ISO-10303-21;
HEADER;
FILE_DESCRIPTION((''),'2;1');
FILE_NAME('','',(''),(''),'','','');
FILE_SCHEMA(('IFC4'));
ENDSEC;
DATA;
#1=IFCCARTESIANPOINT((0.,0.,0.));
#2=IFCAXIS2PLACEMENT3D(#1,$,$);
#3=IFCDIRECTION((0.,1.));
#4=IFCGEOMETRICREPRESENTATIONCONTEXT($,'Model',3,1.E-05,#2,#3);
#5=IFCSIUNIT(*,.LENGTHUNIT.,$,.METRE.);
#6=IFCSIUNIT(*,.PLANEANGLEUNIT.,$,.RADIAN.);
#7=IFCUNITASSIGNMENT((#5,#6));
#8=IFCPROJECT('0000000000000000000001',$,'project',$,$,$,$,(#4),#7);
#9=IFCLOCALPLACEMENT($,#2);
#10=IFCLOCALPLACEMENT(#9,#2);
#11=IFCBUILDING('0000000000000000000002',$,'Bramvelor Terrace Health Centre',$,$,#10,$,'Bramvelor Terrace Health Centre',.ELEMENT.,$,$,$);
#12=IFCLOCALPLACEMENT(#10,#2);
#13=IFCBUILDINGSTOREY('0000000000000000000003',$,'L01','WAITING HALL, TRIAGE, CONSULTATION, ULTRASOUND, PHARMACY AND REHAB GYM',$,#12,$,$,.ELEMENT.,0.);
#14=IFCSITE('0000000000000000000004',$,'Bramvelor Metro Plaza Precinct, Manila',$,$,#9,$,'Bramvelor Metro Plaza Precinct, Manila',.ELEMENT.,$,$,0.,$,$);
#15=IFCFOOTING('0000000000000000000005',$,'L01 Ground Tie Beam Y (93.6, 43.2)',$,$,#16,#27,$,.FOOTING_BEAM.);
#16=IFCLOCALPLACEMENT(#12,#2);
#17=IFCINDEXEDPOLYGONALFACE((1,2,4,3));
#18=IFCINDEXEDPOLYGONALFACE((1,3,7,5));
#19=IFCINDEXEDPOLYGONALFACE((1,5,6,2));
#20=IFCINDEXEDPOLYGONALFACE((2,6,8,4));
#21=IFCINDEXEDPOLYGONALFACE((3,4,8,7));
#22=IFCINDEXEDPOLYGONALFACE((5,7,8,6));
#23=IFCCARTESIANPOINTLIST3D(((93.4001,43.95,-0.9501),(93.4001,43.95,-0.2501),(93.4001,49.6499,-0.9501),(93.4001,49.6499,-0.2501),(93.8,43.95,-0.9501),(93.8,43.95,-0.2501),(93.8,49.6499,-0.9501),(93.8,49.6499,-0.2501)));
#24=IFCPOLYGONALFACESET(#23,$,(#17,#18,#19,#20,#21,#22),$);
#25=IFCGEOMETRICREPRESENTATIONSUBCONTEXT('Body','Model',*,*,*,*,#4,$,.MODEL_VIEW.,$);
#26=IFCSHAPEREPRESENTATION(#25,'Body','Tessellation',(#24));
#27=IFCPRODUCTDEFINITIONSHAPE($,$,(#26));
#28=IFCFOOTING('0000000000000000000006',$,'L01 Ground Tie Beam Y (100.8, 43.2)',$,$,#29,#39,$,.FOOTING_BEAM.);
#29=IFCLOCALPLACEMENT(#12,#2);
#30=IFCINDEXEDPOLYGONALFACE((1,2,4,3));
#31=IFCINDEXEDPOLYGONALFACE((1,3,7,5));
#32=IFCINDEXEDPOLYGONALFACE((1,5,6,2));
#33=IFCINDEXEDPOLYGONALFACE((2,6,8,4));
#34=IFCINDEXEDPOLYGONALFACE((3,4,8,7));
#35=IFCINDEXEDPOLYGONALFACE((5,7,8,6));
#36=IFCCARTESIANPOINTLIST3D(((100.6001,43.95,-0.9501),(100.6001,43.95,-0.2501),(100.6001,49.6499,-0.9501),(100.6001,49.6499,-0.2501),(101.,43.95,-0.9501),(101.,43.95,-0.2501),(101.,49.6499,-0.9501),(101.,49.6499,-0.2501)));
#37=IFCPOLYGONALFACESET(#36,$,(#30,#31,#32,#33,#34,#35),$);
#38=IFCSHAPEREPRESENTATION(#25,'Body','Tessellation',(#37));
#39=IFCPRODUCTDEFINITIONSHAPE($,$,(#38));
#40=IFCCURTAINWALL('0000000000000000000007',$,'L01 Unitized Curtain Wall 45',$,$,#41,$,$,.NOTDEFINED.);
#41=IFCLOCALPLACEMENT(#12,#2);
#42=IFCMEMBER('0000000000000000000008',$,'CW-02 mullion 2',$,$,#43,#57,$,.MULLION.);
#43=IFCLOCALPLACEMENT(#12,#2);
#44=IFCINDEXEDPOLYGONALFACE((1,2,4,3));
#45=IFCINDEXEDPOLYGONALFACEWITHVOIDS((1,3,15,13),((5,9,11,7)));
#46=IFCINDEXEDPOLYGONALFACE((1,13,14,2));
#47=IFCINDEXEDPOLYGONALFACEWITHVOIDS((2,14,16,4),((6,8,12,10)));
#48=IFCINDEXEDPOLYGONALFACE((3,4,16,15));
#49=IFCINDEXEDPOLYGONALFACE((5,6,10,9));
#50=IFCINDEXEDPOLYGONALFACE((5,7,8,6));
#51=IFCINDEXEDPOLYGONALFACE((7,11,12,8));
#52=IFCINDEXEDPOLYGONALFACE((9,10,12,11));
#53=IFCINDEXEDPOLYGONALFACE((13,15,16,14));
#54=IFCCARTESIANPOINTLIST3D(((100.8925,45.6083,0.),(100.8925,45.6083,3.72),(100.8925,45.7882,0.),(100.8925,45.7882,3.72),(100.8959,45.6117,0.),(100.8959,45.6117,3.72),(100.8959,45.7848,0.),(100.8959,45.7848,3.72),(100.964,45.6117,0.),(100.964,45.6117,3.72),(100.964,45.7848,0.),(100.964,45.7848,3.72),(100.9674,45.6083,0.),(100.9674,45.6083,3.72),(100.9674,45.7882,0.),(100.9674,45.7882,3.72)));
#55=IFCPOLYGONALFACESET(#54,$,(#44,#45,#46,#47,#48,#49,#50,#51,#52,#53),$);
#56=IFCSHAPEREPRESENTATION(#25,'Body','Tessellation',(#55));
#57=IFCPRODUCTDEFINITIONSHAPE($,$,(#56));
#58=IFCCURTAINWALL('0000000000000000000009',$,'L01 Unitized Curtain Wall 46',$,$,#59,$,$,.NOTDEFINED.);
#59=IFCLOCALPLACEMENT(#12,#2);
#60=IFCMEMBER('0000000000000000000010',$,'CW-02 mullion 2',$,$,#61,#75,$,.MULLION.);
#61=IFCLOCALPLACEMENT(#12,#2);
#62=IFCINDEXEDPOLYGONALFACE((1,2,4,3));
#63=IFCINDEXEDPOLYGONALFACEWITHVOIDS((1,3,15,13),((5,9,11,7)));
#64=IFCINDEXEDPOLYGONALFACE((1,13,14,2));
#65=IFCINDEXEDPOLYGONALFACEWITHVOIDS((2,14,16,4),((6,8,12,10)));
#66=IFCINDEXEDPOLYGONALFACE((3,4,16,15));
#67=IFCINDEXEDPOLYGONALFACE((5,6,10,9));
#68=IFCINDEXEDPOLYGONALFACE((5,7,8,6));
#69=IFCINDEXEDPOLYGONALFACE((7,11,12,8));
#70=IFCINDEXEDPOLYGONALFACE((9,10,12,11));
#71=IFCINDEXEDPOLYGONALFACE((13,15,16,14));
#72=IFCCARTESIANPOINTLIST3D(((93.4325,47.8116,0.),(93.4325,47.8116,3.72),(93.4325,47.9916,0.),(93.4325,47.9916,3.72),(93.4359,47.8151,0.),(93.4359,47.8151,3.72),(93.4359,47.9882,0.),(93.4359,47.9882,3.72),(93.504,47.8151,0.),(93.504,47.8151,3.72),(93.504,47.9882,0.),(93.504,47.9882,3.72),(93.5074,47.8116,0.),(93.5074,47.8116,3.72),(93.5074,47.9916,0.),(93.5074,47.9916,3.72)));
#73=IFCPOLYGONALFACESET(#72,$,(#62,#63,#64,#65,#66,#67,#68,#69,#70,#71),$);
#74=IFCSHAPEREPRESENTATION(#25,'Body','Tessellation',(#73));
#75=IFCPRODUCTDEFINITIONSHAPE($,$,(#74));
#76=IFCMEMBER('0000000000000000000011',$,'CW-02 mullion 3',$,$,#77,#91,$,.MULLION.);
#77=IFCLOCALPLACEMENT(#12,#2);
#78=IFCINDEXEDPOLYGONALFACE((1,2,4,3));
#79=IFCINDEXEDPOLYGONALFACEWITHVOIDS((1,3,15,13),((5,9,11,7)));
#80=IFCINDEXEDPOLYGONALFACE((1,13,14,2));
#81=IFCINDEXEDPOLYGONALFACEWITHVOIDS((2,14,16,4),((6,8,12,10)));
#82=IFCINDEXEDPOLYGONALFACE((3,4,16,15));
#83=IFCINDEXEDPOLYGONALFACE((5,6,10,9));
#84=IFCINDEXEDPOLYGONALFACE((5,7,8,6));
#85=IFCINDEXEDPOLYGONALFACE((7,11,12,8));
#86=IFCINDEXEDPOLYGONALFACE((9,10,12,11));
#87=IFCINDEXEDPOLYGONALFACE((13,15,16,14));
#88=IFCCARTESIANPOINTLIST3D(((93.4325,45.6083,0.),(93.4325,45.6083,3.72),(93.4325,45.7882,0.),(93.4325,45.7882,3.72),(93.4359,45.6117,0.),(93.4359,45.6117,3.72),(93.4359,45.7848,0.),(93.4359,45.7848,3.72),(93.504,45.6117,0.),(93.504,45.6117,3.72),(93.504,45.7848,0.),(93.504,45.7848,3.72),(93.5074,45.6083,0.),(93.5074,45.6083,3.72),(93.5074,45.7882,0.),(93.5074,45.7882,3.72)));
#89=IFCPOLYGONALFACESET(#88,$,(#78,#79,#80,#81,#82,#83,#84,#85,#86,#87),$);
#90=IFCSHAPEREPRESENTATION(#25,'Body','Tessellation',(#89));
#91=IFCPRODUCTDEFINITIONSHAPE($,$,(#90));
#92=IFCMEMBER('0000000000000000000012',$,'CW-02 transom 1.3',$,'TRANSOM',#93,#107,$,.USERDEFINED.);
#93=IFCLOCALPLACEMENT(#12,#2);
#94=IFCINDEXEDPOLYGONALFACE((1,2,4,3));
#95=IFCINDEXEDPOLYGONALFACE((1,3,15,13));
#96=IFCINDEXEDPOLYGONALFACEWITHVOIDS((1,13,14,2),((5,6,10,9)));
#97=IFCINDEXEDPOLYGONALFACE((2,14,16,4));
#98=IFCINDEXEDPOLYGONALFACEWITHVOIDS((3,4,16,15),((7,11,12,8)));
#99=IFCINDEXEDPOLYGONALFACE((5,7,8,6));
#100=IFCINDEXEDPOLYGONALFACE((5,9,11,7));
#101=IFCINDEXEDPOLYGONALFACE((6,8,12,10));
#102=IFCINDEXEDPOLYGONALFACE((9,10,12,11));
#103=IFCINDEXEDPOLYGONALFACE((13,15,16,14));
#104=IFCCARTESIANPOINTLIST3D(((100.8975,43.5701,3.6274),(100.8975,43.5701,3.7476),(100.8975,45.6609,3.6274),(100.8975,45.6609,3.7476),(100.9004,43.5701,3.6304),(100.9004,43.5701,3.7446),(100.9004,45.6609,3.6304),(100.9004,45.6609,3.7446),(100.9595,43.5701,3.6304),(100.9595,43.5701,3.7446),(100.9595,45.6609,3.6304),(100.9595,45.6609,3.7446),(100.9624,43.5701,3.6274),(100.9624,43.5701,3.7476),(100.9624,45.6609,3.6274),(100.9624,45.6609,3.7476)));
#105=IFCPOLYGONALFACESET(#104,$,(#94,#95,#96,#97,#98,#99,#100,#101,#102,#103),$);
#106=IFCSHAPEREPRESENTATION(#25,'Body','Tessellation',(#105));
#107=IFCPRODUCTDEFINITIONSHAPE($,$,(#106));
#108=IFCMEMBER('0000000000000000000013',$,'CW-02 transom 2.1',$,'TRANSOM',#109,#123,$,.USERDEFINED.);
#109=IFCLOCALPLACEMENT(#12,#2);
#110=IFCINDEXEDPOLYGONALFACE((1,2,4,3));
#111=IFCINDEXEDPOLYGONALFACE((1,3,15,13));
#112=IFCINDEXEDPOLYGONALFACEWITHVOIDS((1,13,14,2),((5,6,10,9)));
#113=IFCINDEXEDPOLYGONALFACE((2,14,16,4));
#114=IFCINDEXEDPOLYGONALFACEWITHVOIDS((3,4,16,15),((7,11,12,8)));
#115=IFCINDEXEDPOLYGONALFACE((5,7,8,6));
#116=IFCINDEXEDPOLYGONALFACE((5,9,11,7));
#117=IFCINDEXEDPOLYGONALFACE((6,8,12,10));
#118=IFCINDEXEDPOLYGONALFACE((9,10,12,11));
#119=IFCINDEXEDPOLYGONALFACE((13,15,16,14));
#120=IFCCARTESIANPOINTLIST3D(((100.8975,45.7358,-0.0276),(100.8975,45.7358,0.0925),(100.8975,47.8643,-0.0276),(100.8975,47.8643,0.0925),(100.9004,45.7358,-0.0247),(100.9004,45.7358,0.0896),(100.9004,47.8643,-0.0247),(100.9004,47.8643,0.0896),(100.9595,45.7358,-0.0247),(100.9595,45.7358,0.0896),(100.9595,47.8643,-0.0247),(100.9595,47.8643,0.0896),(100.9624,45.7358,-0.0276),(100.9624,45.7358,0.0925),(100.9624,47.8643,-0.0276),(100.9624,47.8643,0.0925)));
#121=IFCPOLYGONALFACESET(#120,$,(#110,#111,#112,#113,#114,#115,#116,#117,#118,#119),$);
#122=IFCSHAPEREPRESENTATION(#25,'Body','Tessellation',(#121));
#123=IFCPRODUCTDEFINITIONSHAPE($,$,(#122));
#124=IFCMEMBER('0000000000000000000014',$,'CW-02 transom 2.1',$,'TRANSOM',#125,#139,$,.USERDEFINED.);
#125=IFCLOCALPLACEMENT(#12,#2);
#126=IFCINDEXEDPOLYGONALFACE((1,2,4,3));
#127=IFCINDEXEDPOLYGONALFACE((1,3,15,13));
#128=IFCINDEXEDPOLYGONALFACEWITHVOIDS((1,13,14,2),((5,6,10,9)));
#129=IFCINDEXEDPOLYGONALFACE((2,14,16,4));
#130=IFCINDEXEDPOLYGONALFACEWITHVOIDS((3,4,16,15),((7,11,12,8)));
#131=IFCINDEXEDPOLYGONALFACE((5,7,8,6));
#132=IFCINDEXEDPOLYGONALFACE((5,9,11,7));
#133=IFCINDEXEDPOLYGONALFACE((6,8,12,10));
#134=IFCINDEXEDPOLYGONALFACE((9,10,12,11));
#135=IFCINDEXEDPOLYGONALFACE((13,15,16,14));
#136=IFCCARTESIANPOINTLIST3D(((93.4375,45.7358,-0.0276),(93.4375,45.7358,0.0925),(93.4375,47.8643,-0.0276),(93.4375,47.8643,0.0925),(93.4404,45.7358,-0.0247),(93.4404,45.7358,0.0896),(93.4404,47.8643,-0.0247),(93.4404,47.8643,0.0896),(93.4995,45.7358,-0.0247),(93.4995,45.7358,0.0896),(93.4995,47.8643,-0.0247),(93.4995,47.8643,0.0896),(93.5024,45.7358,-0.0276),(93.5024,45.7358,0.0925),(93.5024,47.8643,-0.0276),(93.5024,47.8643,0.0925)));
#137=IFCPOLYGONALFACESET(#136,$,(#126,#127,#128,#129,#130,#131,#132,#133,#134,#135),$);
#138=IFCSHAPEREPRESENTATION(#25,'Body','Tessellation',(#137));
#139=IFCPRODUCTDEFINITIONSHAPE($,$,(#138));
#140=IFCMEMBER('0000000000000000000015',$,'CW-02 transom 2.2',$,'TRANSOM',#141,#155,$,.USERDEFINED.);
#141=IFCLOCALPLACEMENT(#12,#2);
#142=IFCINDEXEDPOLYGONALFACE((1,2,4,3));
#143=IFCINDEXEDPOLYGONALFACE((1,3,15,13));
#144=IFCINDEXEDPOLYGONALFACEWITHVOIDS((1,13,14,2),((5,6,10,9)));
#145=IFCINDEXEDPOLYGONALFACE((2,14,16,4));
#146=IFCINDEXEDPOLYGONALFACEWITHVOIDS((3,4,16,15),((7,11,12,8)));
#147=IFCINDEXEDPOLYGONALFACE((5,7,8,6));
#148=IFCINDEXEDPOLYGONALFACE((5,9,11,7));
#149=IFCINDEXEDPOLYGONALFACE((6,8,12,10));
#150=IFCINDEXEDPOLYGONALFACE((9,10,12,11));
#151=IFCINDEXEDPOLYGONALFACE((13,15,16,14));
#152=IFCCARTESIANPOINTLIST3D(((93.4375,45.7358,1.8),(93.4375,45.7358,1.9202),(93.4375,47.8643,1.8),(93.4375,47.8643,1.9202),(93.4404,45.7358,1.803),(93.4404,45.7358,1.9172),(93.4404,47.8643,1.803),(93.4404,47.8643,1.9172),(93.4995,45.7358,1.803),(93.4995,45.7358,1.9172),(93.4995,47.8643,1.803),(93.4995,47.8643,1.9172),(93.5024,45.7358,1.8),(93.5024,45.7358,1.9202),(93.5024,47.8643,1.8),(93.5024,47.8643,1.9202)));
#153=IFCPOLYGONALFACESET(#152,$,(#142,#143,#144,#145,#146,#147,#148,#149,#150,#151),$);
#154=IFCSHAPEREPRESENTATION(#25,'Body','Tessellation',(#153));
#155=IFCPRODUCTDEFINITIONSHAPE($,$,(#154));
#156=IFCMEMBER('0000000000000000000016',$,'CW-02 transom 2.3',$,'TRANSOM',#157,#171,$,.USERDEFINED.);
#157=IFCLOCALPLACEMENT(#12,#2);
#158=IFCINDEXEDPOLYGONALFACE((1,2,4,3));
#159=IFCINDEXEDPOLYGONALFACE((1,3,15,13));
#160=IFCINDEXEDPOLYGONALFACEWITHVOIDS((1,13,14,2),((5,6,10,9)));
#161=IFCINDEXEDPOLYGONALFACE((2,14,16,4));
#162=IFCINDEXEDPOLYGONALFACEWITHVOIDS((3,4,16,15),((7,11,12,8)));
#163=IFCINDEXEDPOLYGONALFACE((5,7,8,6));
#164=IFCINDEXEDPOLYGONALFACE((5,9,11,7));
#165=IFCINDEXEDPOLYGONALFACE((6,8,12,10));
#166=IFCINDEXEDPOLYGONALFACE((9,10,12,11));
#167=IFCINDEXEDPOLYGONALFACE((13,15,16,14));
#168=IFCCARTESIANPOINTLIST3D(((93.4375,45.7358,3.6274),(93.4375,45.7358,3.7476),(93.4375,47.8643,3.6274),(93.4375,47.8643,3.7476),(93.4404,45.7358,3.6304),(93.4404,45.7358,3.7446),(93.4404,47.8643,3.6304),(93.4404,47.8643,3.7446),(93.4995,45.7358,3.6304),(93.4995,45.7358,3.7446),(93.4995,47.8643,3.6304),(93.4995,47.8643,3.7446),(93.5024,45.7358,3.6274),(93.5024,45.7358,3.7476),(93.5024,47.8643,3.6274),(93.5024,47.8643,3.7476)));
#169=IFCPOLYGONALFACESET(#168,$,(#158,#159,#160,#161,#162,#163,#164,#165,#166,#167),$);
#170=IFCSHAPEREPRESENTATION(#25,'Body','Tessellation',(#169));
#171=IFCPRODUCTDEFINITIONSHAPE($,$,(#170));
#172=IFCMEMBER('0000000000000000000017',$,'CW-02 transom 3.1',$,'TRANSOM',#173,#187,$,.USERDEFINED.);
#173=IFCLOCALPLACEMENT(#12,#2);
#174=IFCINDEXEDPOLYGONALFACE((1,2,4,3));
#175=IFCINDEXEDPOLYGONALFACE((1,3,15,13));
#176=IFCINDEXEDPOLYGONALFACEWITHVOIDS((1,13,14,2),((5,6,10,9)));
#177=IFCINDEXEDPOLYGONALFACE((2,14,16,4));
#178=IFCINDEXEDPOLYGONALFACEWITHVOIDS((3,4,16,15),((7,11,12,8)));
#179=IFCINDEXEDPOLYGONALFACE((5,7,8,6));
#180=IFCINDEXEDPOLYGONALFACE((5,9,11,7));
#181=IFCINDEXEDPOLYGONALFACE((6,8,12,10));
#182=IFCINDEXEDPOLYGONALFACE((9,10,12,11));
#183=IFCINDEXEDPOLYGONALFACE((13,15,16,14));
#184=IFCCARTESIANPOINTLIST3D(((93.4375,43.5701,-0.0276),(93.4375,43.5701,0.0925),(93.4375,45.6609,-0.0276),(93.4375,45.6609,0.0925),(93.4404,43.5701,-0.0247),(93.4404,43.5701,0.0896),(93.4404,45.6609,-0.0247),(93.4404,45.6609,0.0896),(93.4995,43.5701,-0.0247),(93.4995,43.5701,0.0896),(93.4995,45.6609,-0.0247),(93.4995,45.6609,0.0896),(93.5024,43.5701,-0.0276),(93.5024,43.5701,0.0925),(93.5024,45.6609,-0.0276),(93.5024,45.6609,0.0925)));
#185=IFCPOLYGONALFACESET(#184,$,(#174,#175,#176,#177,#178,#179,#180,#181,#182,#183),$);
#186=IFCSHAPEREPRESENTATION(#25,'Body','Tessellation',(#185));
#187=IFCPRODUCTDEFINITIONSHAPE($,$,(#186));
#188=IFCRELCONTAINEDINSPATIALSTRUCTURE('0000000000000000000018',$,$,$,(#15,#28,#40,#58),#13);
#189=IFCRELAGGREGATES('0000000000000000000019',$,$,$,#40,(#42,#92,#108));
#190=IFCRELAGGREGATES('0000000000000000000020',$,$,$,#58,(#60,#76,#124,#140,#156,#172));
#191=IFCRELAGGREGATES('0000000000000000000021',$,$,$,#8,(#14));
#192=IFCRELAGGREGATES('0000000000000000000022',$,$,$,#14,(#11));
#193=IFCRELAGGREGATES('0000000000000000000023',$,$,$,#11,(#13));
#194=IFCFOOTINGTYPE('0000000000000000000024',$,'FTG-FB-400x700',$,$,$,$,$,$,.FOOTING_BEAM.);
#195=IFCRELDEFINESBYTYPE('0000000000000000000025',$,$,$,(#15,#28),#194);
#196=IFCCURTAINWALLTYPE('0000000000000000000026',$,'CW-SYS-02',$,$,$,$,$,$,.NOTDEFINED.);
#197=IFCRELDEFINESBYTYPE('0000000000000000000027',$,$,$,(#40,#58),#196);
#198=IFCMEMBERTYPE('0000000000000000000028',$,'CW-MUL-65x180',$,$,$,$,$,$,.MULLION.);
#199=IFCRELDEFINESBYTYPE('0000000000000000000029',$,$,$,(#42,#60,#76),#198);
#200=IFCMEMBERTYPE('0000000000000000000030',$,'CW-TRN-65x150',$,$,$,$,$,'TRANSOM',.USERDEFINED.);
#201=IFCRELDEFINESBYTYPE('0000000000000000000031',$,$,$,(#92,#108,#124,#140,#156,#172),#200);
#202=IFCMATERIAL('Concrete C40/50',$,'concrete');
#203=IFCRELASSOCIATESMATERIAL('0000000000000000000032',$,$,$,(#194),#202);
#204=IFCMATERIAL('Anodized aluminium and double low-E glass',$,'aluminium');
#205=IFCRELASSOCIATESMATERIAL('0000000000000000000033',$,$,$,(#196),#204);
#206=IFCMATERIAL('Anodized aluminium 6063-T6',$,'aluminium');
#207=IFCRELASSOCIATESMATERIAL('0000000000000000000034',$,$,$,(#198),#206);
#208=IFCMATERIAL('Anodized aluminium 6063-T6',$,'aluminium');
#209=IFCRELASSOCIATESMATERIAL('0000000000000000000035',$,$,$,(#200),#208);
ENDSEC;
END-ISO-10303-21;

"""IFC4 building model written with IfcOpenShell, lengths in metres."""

from ifc_helpers import new_model, si_unit, direction, frame, origin, origin_2d, place, context, subcontext, project, spatial, rectangle, hollow_rectangle, extrude, material, material_profile, profile_set, type_object, element, aggregate, save


model = new_model("IFC4")

# Units and contexts
model_context = context("Model", 3, precision=1e-05, world=origin(), true_north=direction((0.0, 1.0)))
body_context = subcontext(model_context, "Body", "Model", "MODEL_VIEW")
ifc_project = project(units=[si_unit("LENGTHUNIT", "METRE"), si_unit("PLANEANGLEUNIT", "RADIAN")], contexts=[model_context])

# Site, building, storey
site_placement = place(None, origin())
site = spatial("IfcSite", under=ifc_project, at=site_placement, Name="Bramvelor Metro Plaza Precinct, Manila", LongName="Bramvelor Metro Plaza Precinct, Manila", CompositionType="ELEMENT", RefElevation=0.0)
building_placement = place(site_placement, origin())
building = spatial("IfcBuilding", under=site, at=building_placement, Name="Bramvelor Terrace Health Centre", LongName="Bramvelor Terrace Health Centre", CompositionType="ELEMENT")
storey_placement = place(building_placement, origin())
storey = spatial("IfcBuildingStorey", under=building, at=storey_placement, Name="L01", Description="WAITING HALL, TRIAGE, CONSULTATION, ULTRASOUND, PHARMACY AND REHAB GYM", CompositionType="ELEMENT", Elevation=0.0)

# Footings
ifc_material_1 = material(Name="Concrete C40/50", Category="concrete")
ifc_material_profile_1 = material_profile(ifc_material_1, rectangle(XDim=0.3999, YDim=0.7, at=origin_2d()), Name="RC 400x700")
ifc_profile_set_1 = profile_set([ifc_material_profile_1], Name="Concrete C40/50")
footing_type = type_object("IfcFootingType", Name="FTG-FB-400x700", PredefinedType="FOOTING_BEAM", material=ifc_profile_set_1)
for number, where, z_axis, x_axis, name in (
    (1, (93.6001, 43.95, -0.6001), (0.0, 1.0, 0.0), (-1.0, 0.0, 0.0), "L01 Ground Tie Beam Y (93.6, 43.2)"),
    (2, (100.8, 43.95, -0.6001), (0.0, 1.0, 0.0), (-1.0, 0.0, 0.0), "L01 Ground Tie Beam Y (100.8, 43.2)"),
):
    element("IfcFooting", number, at=place(storey_placement, frame(where, z_axis=z_axis, x_axis=x_axis)), inside=storey, type_object=footing_type, Name=name, PredefinedType="FOOTING_BEAM", context=body_context, shape_type="SweptSolid", body=[
        extrude(rectangle(XDim=0.3999, YDim=0.7, at=origin_2d()), origin(), (0.0, 0.0, 1.0), 5.7),
    ])

# Curtain wall, member
ifc_material_2 = material(Name="Anodized aluminium and double low-E glass", Category="aluminium")
curtain_wall_type = type_object("IfcCurtainWallType", Name="CW-SYS-02", PredefinedType="NOTDEFINED", material=ifc_material_2)
curtain_wall_1_placement = place(storey_placement, origin())
curtain_wall_1 = element("IfcCurtainWall", 3, at=curtain_wall_1_placement, inside=storey, type_object=curtain_wall_type, Name="L01 Unitized Curtain Wall 45", PredefinedType="NOTDEFINED")
ifc_material_3 = material(Name="Anodized aluminium 6063-T6", Category="aluminium")
ifc_material_profile_2 = material_profile(ifc_material_3, hollow_rectangle(XDim=0.075, YDim=0.1799, WallThickness=0.0034, at=origin_2d()), Name="ALU-MUL 75x180x3.5")
ifc_profile_set_2 = profile_set([ifc_material_profile_2], Name="Anodized aluminium 6063-T6")
member_type_1 = type_object("IfcMemberType", Name="CW-MUL-65x180", PredefinedType="MULLION", material=ifc_profile_set_2)
member_1_placement = place(storey_placement, frame((100.9299, 45.6982, 0.0), z_axis=(0.0, 0.0, 1.0), x_axis=(-1.0, 0.0, 0.0)))
member_1 = element("IfcMember", 4, at=member_1_placement, type_object=member_type_1, Name="CW-02 mullion 2", PredefinedType="MULLION", context=body_context, shape_type="SweptSolid", body=[
    extrude(hollow_rectangle(XDim=0.075, YDim=0.1799, WallThickness=0.0034, at=origin_2d()), origin(), (0.0, 0.0, 1.0), 3.72),
])

# Curtain wall, members
curtain_wall_2_placement = place(storey_placement, origin())
curtain_wall_2 = element("IfcCurtainWall", 5, at=curtain_wall_2_placement, inside=storey, type_object=curtain_wall_type, Name="L01 Unitized Curtain Wall 46", PredefinedType="NOTDEFINED")
member_2_placement = place(storey_placement, frame((93.47, 47.9016, 0.0), z_axis=(0.0, 0.0, 1.0), x_axis=(1.0, 0.0, 0.0)))
member_2 = element("IfcMember", 6, at=member_2_placement, type_object=member_type_1, Name="CW-02 mullion 2", PredefinedType="MULLION", context=body_context, shape_type="SweptSolid", body=[
    extrude(hollow_rectangle(XDim=0.075, YDim=0.1799, WallThickness=0.0034, at=origin_2d()), origin(), (0.0, 0.0, 1.0), 3.72),
])
member_3_placement = place(storey_placement, frame((93.47, 45.6982, 0.0), z_axis=(0.0, 0.0, 1.0), x_axis=(1.0, 0.0, 0.0)))
member_3 = element("IfcMember", 7, at=member_3_placement, type_object=member_type_1, Name="CW-02 mullion 3", PredefinedType="MULLION", context=body_context, shape_type="SweptSolid", body=[
    extrude(hollow_rectangle(XDim=0.075, YDim=0.1799, WallThickness=0.0034, at=origin_2d()), origin(), (0.0, 0.0, 1.0), 3.72),
])

# Members
ifc_material_4 = material(Name="Anodized aluminium 6063-T6", Category="aluminium")
ifc_material_profile_3 = material_profile(ifc_material_4, hollow_rectangle(XDim=0.0649, YDim=0.1201, WallThickness=0.0029, at=origin_2d()), Name="ALU-TRN 65x120x3.0")
ifc_profile_set_3 = profile_set([ifc_material_profile_3], Name="Anodized aluminium 6063-T6")
member_type_2 = type_object("IfcMemberType", Name="CW-TRN-65x150", ElementType="TRANSOM", PredefinedType="USERDEFINED", material=ifc_profile_set_3)
member_4_placement = place(storey_placement, frame((100.9299, 43.5701, 3.6875), z_axis=(0.0, 1.0, 0.0), x_axis=(-1.0, 0.0, 0.0)))
member_4 = element("IfcMember", 8, at=member_4_placement, type_object=member_type_2, Name="CW-02 transom 1.3", ObjectType="TRANSOM", PredefinedType="USERDEFINED", context=body_context, shape_type="SweptSolid", body=[
    extrude(hollow_rectangle(XDim=0.0649, YDim=0.1201, WallThickness=0.0029, at=origin_2d()), origin(), (0.0, 0.0, 1.0), 2.0908),
])
member_5_placement = place(storey_placement, frame((100.9299, 45.7358, 0.0325), z_axis=(0.0, 1.0, 0.0), x_axis=(-1.0, 0.0, 0.0)))
member_5 = element("IfcMember", 9, at=member_5_placement, type_object=member_type_2, Name="CW-02 transom 2.1", ObjectType="TRANSOM", PredefinedType="USERDEFINED", context=body_context, shape_type="SweptSolid", body=[
    extrude(hollow_rectangle(XDim=0.0649, YDim=0.1201, WallThickness=0.0029, at=origin_2d()), origin(), (0.0, 0.0, 1.0), 2.1284),
])
member_6_placement = place(storey_placement, frame((93.47, 47.8643, 0.0325), z_axis=(0.0, -1.0, 0.0), x_axis=(1.0, 0.0, 0.0)))
member_6 = element("IfcMember", 10, at=member_6_placement, type_object=member_type_2, Name="CW-02 transom 2.1", ObjectType="TRANSOM", PredefinedType="USERDEFINED", context=body_context, shape_type="SweptSolid", body=[
    extrude(hollow_rectangle(XDim=0.0649, YDim=0.1201, WallThickness=0.0029, at=origin_2d()), origin(), (0.0, 0.0, 1.0), 2.1284),
])
member_7_placement = place(storey_placement, frame((93.47, 47.8643, 1.8601), z_axis=(0.0, -1.0, 0.0), x_axis=(1.0, 0.0, 0.0)))
member_7 = element("IfcMember", 11, at=member_7_placement, type_object=member_type_2, Name="CW-02 transom 2.2", ObjectType="TRANSOM", PredefinedType="USERDEFINED", context=body_context, shape_type="SweptSolid", body=[
    extrude(hollow_rectangle(XDim=0.0649, YDim=0.1201, WallThickness=0.0029, at=origin_2d()), origin(), (0.0, 0.0, 1.0), 2.1284),
])
member_8_placement = place(storey_placement, frame((93.47, 47.8643, 3.6875), z_axis=(0.0, -1.0, 0.0), x_axis=(1.0, 0.0, 0.0)))
member_8 = element("IfcMember", 12, at=member_8_placement, type_object=member_type_2, Name="CW-02 transom 2.3", ObjectType="TRANSOM", PredefinedType="USERDEFINED", context=body_context, shape_type="SweptSolid", body=[
    extrude(hollow_rectangle(XDim=0.0649, YDim=0.1201, WallThickness=0.0029, at=origin_2d()), origin(), (0.0, 0.0, 1.0), 2.1284),
])
member_9_placement = place(storey_placement, frame((93.47, 45.6609, 0.0325), z_axis=(0.0, -1.0, 0.0), x_axis=(1.0, 0.0, 0.0)))
member_9 = element("IfcMember", 13, at=member_9_placement, type_object=member_type_2, Name="CW-02 transom 3.1", ObjectType="TRANSOM", PredefinedType="USERDEFINED", context=body_context, shape_type="SweptSolid", body=[
    extrude(hollow_rectangle(XDim=0.0649, YDim=0.1201, WallThickness=0.0029, at=origin_2d()), origin(), (0.0, 0.0, 1.0), 2.0908),
])

aggregate(curtain_wall_1, [member_1, member_4, member_5])
aggregate(curtain_wall_2, [member_2, member_3, member_6, member_7, member_8, member_9])

save(model, "model.ifc")
